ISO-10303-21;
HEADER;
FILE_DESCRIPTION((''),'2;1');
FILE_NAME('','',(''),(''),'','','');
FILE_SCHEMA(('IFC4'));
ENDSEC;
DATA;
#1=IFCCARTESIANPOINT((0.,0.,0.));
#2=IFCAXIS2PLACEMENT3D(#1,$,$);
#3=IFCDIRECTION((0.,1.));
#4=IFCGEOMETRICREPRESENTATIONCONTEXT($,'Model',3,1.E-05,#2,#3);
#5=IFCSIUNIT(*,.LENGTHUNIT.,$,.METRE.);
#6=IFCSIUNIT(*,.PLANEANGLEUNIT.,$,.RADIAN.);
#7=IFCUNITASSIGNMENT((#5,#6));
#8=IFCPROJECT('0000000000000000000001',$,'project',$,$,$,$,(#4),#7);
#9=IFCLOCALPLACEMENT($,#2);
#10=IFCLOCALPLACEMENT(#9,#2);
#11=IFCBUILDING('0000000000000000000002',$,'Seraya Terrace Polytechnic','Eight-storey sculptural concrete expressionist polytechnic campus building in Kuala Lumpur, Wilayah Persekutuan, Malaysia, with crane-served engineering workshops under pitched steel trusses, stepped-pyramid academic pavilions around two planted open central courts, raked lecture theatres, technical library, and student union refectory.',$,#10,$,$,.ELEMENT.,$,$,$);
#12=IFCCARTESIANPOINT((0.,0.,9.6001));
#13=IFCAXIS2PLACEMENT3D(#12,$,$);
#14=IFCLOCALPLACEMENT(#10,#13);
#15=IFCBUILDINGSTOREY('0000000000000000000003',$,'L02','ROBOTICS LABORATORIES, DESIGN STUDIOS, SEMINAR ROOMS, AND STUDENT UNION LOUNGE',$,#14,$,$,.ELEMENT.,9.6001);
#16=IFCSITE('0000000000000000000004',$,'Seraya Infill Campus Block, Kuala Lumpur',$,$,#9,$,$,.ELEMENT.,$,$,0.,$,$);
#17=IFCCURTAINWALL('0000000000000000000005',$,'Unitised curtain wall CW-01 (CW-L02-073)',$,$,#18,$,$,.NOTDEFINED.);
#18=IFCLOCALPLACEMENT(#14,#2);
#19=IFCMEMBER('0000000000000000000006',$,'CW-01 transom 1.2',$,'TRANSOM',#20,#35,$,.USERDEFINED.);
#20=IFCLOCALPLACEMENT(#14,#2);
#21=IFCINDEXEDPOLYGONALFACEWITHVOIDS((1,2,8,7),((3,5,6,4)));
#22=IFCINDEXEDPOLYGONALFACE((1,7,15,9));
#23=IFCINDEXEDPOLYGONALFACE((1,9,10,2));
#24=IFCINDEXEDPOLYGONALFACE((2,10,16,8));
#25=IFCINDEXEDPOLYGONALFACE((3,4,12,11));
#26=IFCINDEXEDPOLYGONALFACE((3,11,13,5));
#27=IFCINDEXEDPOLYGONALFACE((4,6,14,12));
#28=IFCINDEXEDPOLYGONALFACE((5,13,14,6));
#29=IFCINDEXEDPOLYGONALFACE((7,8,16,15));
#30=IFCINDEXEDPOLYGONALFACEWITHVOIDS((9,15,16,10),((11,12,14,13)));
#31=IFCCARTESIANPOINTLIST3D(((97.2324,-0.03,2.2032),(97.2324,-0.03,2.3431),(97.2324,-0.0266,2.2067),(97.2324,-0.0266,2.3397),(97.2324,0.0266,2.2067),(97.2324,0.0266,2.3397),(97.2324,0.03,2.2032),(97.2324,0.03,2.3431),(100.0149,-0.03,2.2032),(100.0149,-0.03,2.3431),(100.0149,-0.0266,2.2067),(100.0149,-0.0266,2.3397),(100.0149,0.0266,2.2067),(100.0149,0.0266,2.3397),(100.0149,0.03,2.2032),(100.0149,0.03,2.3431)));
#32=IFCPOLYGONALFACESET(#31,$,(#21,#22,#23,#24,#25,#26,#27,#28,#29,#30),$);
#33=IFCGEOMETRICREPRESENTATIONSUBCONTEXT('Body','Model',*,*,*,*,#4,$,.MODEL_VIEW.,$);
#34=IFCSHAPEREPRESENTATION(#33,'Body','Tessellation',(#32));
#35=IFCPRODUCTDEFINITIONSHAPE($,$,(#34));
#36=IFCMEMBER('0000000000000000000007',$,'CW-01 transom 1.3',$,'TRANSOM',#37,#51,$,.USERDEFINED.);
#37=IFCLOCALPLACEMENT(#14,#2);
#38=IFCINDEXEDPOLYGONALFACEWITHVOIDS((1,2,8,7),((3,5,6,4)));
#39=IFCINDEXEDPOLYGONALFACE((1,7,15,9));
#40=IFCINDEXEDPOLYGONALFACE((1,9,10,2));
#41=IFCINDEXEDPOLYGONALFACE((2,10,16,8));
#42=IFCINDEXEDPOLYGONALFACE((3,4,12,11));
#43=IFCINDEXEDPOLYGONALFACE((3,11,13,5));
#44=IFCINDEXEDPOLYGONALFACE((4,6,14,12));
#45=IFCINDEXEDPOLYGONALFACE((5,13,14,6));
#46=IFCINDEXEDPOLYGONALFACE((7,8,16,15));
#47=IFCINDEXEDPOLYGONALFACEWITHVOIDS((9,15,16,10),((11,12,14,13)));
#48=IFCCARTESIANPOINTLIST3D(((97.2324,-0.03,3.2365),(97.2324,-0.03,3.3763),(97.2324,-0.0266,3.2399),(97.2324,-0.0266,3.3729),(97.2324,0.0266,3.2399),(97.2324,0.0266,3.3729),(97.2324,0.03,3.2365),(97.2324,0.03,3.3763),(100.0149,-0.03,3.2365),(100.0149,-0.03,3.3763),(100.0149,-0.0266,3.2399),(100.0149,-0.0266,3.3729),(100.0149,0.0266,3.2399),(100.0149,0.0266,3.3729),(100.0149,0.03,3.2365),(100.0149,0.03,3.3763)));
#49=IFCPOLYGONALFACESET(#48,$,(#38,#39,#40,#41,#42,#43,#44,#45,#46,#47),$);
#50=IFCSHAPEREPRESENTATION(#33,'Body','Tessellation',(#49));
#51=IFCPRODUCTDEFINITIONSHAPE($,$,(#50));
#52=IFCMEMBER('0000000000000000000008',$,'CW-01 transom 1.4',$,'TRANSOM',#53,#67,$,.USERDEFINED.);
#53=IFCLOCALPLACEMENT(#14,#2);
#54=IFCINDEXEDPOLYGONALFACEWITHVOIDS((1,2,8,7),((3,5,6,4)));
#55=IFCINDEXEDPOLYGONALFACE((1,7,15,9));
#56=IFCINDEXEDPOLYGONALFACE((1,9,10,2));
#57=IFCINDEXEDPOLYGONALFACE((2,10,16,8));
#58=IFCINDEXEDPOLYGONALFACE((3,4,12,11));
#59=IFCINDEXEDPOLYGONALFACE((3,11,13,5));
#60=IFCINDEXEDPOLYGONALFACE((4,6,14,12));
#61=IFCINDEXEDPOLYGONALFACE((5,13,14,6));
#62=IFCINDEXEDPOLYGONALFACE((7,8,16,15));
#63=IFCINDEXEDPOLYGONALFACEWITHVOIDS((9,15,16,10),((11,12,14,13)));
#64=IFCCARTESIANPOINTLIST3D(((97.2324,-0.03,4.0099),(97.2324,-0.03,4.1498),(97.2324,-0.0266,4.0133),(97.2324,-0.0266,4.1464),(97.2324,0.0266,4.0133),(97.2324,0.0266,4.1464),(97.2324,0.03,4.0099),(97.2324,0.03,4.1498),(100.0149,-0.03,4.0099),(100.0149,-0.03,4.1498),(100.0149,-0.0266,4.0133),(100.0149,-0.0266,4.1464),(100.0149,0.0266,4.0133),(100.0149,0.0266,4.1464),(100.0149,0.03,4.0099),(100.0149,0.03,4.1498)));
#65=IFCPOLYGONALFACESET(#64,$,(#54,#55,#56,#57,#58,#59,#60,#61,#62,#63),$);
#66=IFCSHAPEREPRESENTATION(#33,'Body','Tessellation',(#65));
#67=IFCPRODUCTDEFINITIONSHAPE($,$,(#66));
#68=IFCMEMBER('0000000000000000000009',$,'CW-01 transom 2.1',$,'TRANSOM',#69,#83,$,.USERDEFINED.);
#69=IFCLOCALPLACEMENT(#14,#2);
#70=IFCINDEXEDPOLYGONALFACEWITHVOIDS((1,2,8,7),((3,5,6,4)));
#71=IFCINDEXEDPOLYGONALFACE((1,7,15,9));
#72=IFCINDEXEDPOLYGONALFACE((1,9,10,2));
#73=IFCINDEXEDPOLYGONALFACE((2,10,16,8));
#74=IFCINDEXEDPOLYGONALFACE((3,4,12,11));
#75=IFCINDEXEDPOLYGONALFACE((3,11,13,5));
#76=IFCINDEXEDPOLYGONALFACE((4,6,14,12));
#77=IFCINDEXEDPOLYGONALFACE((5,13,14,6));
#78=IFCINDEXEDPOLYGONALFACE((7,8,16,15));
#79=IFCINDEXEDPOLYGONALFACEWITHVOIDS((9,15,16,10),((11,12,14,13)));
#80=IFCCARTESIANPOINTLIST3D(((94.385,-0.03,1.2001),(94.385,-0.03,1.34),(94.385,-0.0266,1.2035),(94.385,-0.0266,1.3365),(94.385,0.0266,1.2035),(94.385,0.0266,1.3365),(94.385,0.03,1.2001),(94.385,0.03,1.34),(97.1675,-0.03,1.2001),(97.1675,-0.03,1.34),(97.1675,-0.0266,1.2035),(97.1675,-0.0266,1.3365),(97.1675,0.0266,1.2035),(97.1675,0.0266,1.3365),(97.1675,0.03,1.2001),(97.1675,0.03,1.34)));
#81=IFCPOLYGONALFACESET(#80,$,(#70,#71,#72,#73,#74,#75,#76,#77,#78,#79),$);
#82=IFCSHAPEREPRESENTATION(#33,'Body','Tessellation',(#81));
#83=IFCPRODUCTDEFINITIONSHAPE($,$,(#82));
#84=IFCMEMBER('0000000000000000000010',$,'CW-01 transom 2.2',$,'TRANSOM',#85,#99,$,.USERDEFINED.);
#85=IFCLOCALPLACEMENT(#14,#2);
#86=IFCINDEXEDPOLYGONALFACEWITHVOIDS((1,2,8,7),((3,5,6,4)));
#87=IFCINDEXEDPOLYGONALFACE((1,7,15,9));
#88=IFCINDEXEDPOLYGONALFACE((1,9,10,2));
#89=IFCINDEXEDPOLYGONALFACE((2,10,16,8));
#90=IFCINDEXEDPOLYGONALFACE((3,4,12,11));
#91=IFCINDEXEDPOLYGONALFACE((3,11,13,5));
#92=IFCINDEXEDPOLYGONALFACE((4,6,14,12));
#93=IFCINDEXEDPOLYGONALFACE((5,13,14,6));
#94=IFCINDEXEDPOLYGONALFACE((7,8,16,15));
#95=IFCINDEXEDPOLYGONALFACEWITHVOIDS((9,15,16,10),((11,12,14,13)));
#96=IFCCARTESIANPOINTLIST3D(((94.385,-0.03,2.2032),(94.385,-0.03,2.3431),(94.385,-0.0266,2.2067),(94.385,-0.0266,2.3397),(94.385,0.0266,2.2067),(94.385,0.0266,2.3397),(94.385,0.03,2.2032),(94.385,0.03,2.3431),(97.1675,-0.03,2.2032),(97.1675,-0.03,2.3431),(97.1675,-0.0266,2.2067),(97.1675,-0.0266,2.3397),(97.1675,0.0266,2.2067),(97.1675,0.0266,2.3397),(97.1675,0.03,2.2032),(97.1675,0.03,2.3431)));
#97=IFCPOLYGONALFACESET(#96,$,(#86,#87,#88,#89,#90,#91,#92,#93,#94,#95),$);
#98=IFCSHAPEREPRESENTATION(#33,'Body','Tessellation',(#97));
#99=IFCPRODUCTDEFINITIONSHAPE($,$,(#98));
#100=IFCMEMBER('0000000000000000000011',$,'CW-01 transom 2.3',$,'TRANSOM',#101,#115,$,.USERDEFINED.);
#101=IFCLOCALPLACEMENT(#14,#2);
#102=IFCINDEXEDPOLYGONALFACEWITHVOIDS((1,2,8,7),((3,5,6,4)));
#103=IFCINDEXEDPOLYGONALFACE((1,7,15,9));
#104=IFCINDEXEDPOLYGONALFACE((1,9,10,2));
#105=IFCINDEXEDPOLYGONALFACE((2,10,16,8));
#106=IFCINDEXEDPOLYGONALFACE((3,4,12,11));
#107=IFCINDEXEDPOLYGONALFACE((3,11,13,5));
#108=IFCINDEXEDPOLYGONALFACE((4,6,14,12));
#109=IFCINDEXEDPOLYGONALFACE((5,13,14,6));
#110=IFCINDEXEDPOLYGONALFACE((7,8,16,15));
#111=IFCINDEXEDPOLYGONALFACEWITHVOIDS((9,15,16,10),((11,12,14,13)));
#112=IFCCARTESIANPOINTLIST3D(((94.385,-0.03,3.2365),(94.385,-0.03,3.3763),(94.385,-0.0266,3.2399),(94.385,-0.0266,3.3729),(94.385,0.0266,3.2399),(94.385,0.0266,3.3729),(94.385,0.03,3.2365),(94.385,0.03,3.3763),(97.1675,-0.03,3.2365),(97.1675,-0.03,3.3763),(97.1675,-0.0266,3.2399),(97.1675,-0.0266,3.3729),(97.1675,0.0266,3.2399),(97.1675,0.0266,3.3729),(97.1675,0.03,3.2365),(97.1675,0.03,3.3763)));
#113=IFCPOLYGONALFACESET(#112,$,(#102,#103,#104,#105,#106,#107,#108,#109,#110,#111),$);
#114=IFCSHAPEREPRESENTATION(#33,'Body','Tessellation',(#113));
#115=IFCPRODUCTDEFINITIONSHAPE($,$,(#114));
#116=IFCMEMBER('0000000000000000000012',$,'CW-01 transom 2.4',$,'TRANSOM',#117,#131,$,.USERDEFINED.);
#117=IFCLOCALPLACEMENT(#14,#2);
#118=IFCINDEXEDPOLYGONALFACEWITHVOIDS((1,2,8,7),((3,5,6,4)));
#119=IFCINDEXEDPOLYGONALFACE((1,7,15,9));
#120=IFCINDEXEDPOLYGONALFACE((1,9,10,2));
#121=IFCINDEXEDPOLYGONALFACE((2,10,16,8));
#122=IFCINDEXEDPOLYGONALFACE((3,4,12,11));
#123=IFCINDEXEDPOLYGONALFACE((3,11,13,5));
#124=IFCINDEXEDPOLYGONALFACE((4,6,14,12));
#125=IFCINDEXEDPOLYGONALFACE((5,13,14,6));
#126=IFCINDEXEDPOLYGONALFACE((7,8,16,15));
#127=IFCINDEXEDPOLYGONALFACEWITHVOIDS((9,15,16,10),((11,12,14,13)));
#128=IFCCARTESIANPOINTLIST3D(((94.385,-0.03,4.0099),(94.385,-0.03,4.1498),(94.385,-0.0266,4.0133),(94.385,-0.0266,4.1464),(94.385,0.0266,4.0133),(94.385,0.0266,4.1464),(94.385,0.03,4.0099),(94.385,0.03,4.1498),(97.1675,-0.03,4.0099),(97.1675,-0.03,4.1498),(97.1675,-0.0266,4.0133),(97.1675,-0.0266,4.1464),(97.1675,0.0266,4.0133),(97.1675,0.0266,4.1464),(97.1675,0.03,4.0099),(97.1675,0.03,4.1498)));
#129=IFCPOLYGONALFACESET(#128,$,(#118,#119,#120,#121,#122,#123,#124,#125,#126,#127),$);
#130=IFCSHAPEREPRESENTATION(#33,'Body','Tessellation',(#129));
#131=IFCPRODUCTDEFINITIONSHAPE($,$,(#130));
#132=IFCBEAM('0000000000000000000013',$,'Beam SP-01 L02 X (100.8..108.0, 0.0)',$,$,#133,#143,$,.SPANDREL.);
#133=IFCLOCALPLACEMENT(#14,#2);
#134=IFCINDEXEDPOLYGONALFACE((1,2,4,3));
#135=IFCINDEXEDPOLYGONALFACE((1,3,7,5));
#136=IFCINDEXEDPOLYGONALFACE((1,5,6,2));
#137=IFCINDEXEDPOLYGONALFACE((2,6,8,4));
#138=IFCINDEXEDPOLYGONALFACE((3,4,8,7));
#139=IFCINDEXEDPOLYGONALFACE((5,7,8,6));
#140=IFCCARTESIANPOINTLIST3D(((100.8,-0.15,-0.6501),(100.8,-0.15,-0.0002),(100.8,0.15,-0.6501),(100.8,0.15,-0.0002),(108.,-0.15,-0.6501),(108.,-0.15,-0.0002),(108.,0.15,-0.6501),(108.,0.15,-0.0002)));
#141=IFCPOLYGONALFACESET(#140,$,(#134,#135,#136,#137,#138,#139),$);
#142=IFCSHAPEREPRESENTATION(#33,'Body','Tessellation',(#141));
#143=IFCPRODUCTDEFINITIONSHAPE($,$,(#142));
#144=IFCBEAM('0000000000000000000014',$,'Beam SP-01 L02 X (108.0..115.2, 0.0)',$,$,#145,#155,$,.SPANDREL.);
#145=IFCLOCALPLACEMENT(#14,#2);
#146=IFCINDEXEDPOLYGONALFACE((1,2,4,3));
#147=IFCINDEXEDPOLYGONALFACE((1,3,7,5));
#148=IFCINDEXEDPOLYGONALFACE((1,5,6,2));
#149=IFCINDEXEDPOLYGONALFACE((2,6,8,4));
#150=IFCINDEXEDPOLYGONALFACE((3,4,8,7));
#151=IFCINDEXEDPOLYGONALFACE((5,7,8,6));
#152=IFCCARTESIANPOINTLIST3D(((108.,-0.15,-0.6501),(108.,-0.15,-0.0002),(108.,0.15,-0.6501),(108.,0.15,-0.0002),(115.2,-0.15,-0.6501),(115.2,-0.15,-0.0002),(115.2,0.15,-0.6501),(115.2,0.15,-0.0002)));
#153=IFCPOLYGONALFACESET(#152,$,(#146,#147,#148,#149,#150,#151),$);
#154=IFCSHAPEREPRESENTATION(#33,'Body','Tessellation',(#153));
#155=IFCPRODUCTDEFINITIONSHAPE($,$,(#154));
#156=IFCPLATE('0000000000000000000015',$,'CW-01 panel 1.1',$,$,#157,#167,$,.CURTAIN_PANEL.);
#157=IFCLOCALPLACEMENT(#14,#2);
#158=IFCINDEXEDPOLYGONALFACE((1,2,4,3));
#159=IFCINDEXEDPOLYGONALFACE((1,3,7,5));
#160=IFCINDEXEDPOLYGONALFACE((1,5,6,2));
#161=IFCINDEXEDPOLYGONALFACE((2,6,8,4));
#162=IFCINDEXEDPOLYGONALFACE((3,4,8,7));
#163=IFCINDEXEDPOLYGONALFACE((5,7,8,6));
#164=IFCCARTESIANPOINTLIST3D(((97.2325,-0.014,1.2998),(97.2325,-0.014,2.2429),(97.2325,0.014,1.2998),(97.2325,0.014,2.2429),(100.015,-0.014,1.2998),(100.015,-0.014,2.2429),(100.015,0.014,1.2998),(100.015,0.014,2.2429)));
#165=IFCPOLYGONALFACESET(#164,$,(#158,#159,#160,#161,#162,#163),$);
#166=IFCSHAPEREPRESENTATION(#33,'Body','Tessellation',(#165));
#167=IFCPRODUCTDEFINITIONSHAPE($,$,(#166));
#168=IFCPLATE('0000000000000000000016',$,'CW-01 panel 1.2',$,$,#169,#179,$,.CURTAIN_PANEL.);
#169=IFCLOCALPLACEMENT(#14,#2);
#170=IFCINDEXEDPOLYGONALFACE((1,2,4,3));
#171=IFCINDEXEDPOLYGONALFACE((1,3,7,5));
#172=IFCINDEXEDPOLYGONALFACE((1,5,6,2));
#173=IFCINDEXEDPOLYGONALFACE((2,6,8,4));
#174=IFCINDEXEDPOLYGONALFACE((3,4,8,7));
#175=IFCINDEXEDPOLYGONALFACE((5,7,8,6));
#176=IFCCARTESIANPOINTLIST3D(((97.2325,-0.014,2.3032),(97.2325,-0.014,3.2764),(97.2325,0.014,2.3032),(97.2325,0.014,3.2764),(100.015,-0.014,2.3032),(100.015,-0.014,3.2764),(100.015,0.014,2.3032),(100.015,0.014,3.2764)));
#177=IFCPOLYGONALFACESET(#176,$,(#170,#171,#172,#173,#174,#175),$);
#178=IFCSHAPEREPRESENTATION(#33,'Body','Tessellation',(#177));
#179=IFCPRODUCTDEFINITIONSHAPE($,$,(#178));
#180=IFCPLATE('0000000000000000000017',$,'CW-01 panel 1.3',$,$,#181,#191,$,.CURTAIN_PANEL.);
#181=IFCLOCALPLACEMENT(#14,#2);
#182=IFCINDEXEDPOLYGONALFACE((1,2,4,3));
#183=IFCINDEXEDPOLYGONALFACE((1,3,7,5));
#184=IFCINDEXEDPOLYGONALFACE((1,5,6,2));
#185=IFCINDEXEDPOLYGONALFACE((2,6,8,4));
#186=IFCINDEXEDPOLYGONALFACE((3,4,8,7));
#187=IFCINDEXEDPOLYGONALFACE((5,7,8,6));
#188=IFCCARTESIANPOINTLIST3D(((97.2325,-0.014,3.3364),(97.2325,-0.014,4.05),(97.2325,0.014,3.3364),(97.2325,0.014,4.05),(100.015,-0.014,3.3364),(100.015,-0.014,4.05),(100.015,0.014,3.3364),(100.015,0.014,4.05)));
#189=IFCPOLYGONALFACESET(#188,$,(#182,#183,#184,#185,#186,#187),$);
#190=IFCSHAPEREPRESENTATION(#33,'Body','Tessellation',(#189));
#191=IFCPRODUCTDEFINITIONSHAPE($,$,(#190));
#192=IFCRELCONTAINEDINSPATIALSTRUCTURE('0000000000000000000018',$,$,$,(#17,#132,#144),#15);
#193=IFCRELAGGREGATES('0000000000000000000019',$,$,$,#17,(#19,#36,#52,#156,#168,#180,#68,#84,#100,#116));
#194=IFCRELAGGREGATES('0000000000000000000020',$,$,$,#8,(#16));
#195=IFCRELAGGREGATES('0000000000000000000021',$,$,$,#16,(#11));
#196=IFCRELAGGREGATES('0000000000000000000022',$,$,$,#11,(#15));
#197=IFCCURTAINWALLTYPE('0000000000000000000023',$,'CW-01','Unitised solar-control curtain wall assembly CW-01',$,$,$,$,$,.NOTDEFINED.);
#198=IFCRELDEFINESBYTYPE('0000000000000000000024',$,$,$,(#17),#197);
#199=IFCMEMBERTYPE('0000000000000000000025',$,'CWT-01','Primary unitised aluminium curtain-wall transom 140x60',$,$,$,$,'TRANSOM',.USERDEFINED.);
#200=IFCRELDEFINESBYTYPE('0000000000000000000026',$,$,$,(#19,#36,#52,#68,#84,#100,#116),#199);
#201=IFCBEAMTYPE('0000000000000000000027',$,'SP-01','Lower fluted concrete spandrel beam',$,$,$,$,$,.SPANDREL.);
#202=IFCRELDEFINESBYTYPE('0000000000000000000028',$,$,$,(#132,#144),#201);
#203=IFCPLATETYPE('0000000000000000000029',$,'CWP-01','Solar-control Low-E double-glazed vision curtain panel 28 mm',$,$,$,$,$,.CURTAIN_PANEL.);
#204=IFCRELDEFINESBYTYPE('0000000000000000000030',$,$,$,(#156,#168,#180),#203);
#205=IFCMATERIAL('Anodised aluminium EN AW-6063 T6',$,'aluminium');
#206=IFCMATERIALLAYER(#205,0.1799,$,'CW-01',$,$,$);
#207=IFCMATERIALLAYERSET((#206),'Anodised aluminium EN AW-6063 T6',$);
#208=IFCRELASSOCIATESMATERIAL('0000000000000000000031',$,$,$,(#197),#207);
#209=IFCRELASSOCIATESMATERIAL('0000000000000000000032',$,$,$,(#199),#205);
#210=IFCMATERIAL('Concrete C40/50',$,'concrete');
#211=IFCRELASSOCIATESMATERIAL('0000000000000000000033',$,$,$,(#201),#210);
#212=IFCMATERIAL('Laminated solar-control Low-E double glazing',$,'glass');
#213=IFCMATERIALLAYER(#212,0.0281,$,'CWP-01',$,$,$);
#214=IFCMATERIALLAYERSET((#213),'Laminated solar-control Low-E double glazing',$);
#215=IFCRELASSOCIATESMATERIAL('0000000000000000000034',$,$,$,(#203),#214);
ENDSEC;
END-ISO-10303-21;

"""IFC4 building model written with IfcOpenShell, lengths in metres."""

from ifc_helpers import new_model, si_unit, direction, frame, origin, origin_2d, place, context, subcontext, project, spatial, rectangle, hollow_rectangle, extrude, material, layer, layer_set, material_profile, profile_set, type_object, element, aggregate, save


model = new_model("IFC4")

# Units and contexts
model_context = context("Model", 3, precision=1e-05, world=origin(), true_north=direction((0.0, 1.0)))
body_context = subcontext(model_context, "Body", "Model", "MODEL_VIEW")
ifc_project = project(units=[si_unit("LENGTHUNIT", "METRE"), si_unit("PLANEANGLEUNIT", "RADIAN")], contexts=[model_context])

# Site, building, storey
site_placement = place(None, origin())
site = spatial("IfcSite", under=ifc_project, at=site_placement, Name="Seraya Infill Campus Block, Kuala Lumpur", CompositionType="ELEMENT", RefElevation=0.0)
building_placement = place(site_placement, origin())
building = spatial("IfcBuilding", under=site, at=building_placement, Name="Seraya Terrace Polytechnic", Description="Eight-storey sculptural concrete expressionist polytechnic campus building in Kuala Lumpur, Wilayah Persekutuan, Malaysia, with crane-served engineering workshops under pitched steel trusses, stepped-pyramid academic pavilions around two planted open central courts, raked lecture theatres, technical library, and student union refectory.", CompositionType="ELEMENT")
storey_placement = place(building_placement, frame((0.0, 0.0, 9.6001)))
storey = spatial("IfcBuildingStorey", under=building, at=storey_placement, Name="L02", Description="ROBOTICS LABORATORIES, DESIGN STUDIOS, SEMINAR ROOMS, AND STUDENT UNION LOUNGE", CompositionType="ELEMENT", Elevation=9.6001)

# Shared definitions
ifc_material_1 = material(Name="Concrete C40/50", Category="concrete")

# Curtain wall, members
ifc_material_2 = material(Name="Anodised aluminium EN AW-6063 T6", Category="aluminium")
ifc_layer_1 = layer(ifc_material_2, 0.1799, Name="CW-01")
ifc_layer_set_1 = layer_set([ifc_layer_1], Name="Anodised aluminium EN AW-6063 T6")
curtain_wall_type = type_object("IfcCurtainWallType", Name="CW-01", Description="Unitised solar-control curtain wall assembly CW-01", PredefinedType="NOTDEFINED", material=ifc_layer_set_1)
curtain_wall_placement = place(storey_placement, origin())
curtain_wall = element("IfcCurtainWall", 1, at=curtain_wall_placement, inside=storey, type_object=curtain_wall_type, Name="Unitised curtain wall CW-01 (CW-L02-073)", PredefinedType="NOTDEFINED")
ifc_material_profile_1 = material_profile(ifc_material_2, hollow_rectangle(XDim=0.0601, YDim=0.1399, WallThickness=0.0034, at=origin_2d()), Name="RHS 140x60x3.5")
ifc_profile_set_1 = profile_set([ifc_material_profile_1], Name="Anodised aluminium EN AW-6063 T6")
member_type_1 = type_object("IfcMemberType", Name="CWT-01", Description="Primary unitised aluminium curtain-wall transom 140x60", ElementType="TRANSOM", PredefinedType="USERDEFINED", material=ifc_profile_set_1)
member_1_placement = place(storey_placement, frame((100.0149, 0.0, 2.2732), z_axis=(-1.0, 0.0, 0.0), x_axis=(0.0, -1.0, 0.0)))
member_1 = element("IfcMember", 2, at=member_1_placement, type_object=member_type_1, Name="CW-01 transom 1.2", ObjectType="TRANSOM", PredefinedType="USERDEFINED", context=body_context, shape_type="SweptSolid", body=[
    extrude(hollow_rectangle(XDim=0.0601, YDim=0.1399, WallThickness=0.0034, at=origin_2d()), origin(), (0.0, 0.0, 1.0), 2.7825),
])
member_2_placement = place(storey_placement, frame((100.0149, 0.0, 3.3064), z_axis=(-1.0, 0.0, 0.0), x_axis=(0.0, -1.0, 0.0)))
member_2 = element("IfcMember", 3, at=member_2_placement, type_object=member_type_1, Name="CW-01 transom 1.3", ObjectType="TRANSOM", PredefinedType="USERDEFINED", context=body_context, shape_type="SweptSolid", body=[
    extrude(hollow_rectangle(XDim=0.0601, YDim=0.1399, WallThickness=0.0034, at=origin_2d()), origin(), (0.0, 0.0, 1.0), 2.7825),
])
member_3_placement = place(storey_placement, frame((100.0149, 0.0, 4.0798), z_axis=(-1.0, 0.0, 0.0), x_axis=(0.0, -1.0, 0.0)))
member_3 = element("IfcMember", 4, at=member_3_placement, type_object=member_type_1, Name="CW-01 transom 1.4", ObjectType="TRANSOM", PredefinedType="USERDEFINED", context=body_context, shape_type="SweptSolid", body=[
    extrude(hollow_rectangle(XDim=0.0601, YDim=0.1399, WallThickness=0.0034, at=origin_2d()), origin(), (0.0, 0.0, 1.0), 2.7825),
])
member_4_placement = place(storey_placement, frame((97.1675, 0.0, 1.27), z_axis=(-1.0, 0.0, 0.0), x_axis=(0.0, -1.0, 0.0)))
member_4 = element("IfcMember", 5, at=member_4_placement, type_object=member_type_1, Name="CW-01 transom 2.1", ObjectType="TRANSOM", PredefinedType="USERDEFINED", context=body_context, shape_type="SweptSolid", body=[
    extrude(hollow_rectangle(XDim=0.0601, YDim=0.1399, WallThickness=0.0034, at=origin_2d()), origin(), (0.0, 0.0, 1.0), 2.7825),
])
member_5_placement = place(storey_placement, frame((97.1675, 0.0, 2.2732), z_axis=(-1.0, 0.0, 0.0), x_axis=(0.0, -1.0, 0.0)))
member_5 = element("IfcMember", 6, at=member_5_placement, type_object=member_type_1, Name="CW-01 transom 2.2", ObjectType="TRANSOM", PredefinedType="USERDEFINED", context=body_context, shape_type="SweptSolid", body=[
    extrude(hollow_rectangle(XDim=0.0601, YDim=0.1399, WallThickness=0.0034, at=origin_2d()), origin(), (0.0, 0.0, 1.0), 2.7825),
])
member_6_placement = place(storey_placement, frame((97.1675, 0.0, 3.3064), z_axis=(-1.0, 0.0, 0.0), x_axis=(0.0, -1.0, 0.0)))
member_6 = element("IfcMember", 7, at=member_6_placement, type_object=member_type_1, Name="CW-01 transom 2.3", ObjectType="TRANSOM", PredefinedType="USERDEFINED", context=body_context, shape_type="SweptSolid", body=[
    extrude(hollow_rectangle(XDim=0.0601, YDim=0.1399, WallThickness=0.0034, at=origin_2d()), origin(), (0.0, 0.0, 1.0), 2.7825),
])
member_7_placement = place(storey_placement, frame((97.1675, 0.0, 4.0798), z_axis=(-1.0, 0.0, 0.0), x_axis=(0.0, -1.0, 0.0)))
member_7 = element("IfcMember", 8, at=member_7_placement, type_object=member_type_1, Name="CW-01 transom 2.4", ObjectType="TRANSOM", PredefinedType="USERDEFINED", context=body_context, shape_type="SweptSolid", body=[
    extrude(hollow_rectangle(XDim=0.0601, YDim=0.1399, WallThickness=0.0034, at=origin_2d()), origin(), (0.0, 0.0, 1.0), 2.7825),
])

# Beams
ifc_material_profile_2 = material_profile(ifc_material_1, rectangle(XDim=0.3, YDim=0.6499, at=origin_2d()), Name="RC 300x650")
ifc_profile_set_2 = profile_set([ifc_material_profile_2], Name="Concrete C40/50")
beam_type_1 = type_object("IfcBeamType", Name="SP-01", Description="Lower fluted concrete spandrel beam", PredefinedType="SPANDREL", material=ifc_profile_set_2)
for number, where, z_axis, x_axis, name in (
    (9, (100.8, 0.0, -0.3252), (1.0, 0.0, 0.0), (0.0, 1.0, 0.0), "Beam SP-01 L02 X (100.8..108.0, 0.0)"),
    (10, (108.0, 0.0, -0.3252), (1.0, 0.0, 0.0), (0.0, 1.0, 0.0), "Beam SP-01 L02 X (108.0..115.2, 0.0)"),
):
    element("IfcBeam", number, at=place(storey_placement, frame(where, z_axis=z_axis, x_axis=x_axis)), inside=storey, type_object=beam_type_1, Name=name, PredefinedType="SPANDREL", context=body_context, shape_type="SweptSolid", body=[
        extrude(rectangle(XDim=0.3, YDim=0.6499, at=origin_2d()), origin(), (0.0, 0.0, 1.0), 7.2),
    ])

# Plates
ifc_material_3 = material(Name="Laminated solar-control Low-E double glazing", Category="glass")
ifc_layer_2 = layer(ifc_material_3, 0.0281, Name="CWP-01")
ifc_layer_set_2 = layer_set([ifc_layer_2], Name="Laminated solar-control Low-E double glazing")
plate_type = type_object("IfcPlateType", Name="CWP-01", Description="Solar-control Low-E double-glazed vision curtain panel 28 mm", PredefinedType="CURTAIN_PANEL", material=ifc_layer_set_2)
plate_1_placement = place(storey_placement, frame((98.6238, 0.0, 1.2998), z_axis=(0.0, 0.0, 1.0), x_axis=(-1.0, 0.0, 0.0)))
plate_1 = element("IfcPlate", 11, at=plate_1_placement, type_object=plate_type, Name="CW-01 panel 1.1", PredefinedType="CURTAIN_PANEL", context=body_context, shape_type="SweptSolid", body=[
    extrude(rectangle(XDim=2.7825, YDim=0.0281, at=origin_2d()), origin(), (0.0, 0.0, 1.0), 0.9431),
])
plate_2_placement = place(storey_placement, frame((98.6238, 0.0, 2.3032), z_axis=(0.0, 0.0, 1.0), x_axis=(-1.0, 0.0, 0.0)))
plate_2 = element("IfcPlate", 12, at=plate_2_placement, type_object=plate_type, Name="CW-01 panel 1.2", PredefinedType="CURTAIN_PANEL", context=body_context, shape_type="SweptSolid", body=[
    extrude(rectangle(XDim=2.7825, YDim=0.0281, at=origin_2d()), origin(), (0.0, 0.0, 1.0), 0.9731),
])
plate_3_placement = place(storey_placement, frame((98.6238, 0.0, 3.3364), z_axis=(0.0, 0.0, 1.0), x_axis=(-1.0, 0.0, 0.0)))
plate_3 = element("IfcPlate", 13, at=plate_3_placement, type_object=plate_type, Name="CW-01 panel 1.3", PredefinedType="CURTAIN_PANEL", context=body_context, shape_type="SweptSolid", body=[
    extrude(rectangle(XDim=2.7825, YDim=0.0281, at=origin_2d()), origin(), (0.0, 0.0, 1.0), 0.7136),
])
aggregate(curtain_wall, [member_1, member_2, member_3, plate_1, plate_2, plate_3, member_4, member_5, member_6, member_7])

save(model, "model.ifc")
